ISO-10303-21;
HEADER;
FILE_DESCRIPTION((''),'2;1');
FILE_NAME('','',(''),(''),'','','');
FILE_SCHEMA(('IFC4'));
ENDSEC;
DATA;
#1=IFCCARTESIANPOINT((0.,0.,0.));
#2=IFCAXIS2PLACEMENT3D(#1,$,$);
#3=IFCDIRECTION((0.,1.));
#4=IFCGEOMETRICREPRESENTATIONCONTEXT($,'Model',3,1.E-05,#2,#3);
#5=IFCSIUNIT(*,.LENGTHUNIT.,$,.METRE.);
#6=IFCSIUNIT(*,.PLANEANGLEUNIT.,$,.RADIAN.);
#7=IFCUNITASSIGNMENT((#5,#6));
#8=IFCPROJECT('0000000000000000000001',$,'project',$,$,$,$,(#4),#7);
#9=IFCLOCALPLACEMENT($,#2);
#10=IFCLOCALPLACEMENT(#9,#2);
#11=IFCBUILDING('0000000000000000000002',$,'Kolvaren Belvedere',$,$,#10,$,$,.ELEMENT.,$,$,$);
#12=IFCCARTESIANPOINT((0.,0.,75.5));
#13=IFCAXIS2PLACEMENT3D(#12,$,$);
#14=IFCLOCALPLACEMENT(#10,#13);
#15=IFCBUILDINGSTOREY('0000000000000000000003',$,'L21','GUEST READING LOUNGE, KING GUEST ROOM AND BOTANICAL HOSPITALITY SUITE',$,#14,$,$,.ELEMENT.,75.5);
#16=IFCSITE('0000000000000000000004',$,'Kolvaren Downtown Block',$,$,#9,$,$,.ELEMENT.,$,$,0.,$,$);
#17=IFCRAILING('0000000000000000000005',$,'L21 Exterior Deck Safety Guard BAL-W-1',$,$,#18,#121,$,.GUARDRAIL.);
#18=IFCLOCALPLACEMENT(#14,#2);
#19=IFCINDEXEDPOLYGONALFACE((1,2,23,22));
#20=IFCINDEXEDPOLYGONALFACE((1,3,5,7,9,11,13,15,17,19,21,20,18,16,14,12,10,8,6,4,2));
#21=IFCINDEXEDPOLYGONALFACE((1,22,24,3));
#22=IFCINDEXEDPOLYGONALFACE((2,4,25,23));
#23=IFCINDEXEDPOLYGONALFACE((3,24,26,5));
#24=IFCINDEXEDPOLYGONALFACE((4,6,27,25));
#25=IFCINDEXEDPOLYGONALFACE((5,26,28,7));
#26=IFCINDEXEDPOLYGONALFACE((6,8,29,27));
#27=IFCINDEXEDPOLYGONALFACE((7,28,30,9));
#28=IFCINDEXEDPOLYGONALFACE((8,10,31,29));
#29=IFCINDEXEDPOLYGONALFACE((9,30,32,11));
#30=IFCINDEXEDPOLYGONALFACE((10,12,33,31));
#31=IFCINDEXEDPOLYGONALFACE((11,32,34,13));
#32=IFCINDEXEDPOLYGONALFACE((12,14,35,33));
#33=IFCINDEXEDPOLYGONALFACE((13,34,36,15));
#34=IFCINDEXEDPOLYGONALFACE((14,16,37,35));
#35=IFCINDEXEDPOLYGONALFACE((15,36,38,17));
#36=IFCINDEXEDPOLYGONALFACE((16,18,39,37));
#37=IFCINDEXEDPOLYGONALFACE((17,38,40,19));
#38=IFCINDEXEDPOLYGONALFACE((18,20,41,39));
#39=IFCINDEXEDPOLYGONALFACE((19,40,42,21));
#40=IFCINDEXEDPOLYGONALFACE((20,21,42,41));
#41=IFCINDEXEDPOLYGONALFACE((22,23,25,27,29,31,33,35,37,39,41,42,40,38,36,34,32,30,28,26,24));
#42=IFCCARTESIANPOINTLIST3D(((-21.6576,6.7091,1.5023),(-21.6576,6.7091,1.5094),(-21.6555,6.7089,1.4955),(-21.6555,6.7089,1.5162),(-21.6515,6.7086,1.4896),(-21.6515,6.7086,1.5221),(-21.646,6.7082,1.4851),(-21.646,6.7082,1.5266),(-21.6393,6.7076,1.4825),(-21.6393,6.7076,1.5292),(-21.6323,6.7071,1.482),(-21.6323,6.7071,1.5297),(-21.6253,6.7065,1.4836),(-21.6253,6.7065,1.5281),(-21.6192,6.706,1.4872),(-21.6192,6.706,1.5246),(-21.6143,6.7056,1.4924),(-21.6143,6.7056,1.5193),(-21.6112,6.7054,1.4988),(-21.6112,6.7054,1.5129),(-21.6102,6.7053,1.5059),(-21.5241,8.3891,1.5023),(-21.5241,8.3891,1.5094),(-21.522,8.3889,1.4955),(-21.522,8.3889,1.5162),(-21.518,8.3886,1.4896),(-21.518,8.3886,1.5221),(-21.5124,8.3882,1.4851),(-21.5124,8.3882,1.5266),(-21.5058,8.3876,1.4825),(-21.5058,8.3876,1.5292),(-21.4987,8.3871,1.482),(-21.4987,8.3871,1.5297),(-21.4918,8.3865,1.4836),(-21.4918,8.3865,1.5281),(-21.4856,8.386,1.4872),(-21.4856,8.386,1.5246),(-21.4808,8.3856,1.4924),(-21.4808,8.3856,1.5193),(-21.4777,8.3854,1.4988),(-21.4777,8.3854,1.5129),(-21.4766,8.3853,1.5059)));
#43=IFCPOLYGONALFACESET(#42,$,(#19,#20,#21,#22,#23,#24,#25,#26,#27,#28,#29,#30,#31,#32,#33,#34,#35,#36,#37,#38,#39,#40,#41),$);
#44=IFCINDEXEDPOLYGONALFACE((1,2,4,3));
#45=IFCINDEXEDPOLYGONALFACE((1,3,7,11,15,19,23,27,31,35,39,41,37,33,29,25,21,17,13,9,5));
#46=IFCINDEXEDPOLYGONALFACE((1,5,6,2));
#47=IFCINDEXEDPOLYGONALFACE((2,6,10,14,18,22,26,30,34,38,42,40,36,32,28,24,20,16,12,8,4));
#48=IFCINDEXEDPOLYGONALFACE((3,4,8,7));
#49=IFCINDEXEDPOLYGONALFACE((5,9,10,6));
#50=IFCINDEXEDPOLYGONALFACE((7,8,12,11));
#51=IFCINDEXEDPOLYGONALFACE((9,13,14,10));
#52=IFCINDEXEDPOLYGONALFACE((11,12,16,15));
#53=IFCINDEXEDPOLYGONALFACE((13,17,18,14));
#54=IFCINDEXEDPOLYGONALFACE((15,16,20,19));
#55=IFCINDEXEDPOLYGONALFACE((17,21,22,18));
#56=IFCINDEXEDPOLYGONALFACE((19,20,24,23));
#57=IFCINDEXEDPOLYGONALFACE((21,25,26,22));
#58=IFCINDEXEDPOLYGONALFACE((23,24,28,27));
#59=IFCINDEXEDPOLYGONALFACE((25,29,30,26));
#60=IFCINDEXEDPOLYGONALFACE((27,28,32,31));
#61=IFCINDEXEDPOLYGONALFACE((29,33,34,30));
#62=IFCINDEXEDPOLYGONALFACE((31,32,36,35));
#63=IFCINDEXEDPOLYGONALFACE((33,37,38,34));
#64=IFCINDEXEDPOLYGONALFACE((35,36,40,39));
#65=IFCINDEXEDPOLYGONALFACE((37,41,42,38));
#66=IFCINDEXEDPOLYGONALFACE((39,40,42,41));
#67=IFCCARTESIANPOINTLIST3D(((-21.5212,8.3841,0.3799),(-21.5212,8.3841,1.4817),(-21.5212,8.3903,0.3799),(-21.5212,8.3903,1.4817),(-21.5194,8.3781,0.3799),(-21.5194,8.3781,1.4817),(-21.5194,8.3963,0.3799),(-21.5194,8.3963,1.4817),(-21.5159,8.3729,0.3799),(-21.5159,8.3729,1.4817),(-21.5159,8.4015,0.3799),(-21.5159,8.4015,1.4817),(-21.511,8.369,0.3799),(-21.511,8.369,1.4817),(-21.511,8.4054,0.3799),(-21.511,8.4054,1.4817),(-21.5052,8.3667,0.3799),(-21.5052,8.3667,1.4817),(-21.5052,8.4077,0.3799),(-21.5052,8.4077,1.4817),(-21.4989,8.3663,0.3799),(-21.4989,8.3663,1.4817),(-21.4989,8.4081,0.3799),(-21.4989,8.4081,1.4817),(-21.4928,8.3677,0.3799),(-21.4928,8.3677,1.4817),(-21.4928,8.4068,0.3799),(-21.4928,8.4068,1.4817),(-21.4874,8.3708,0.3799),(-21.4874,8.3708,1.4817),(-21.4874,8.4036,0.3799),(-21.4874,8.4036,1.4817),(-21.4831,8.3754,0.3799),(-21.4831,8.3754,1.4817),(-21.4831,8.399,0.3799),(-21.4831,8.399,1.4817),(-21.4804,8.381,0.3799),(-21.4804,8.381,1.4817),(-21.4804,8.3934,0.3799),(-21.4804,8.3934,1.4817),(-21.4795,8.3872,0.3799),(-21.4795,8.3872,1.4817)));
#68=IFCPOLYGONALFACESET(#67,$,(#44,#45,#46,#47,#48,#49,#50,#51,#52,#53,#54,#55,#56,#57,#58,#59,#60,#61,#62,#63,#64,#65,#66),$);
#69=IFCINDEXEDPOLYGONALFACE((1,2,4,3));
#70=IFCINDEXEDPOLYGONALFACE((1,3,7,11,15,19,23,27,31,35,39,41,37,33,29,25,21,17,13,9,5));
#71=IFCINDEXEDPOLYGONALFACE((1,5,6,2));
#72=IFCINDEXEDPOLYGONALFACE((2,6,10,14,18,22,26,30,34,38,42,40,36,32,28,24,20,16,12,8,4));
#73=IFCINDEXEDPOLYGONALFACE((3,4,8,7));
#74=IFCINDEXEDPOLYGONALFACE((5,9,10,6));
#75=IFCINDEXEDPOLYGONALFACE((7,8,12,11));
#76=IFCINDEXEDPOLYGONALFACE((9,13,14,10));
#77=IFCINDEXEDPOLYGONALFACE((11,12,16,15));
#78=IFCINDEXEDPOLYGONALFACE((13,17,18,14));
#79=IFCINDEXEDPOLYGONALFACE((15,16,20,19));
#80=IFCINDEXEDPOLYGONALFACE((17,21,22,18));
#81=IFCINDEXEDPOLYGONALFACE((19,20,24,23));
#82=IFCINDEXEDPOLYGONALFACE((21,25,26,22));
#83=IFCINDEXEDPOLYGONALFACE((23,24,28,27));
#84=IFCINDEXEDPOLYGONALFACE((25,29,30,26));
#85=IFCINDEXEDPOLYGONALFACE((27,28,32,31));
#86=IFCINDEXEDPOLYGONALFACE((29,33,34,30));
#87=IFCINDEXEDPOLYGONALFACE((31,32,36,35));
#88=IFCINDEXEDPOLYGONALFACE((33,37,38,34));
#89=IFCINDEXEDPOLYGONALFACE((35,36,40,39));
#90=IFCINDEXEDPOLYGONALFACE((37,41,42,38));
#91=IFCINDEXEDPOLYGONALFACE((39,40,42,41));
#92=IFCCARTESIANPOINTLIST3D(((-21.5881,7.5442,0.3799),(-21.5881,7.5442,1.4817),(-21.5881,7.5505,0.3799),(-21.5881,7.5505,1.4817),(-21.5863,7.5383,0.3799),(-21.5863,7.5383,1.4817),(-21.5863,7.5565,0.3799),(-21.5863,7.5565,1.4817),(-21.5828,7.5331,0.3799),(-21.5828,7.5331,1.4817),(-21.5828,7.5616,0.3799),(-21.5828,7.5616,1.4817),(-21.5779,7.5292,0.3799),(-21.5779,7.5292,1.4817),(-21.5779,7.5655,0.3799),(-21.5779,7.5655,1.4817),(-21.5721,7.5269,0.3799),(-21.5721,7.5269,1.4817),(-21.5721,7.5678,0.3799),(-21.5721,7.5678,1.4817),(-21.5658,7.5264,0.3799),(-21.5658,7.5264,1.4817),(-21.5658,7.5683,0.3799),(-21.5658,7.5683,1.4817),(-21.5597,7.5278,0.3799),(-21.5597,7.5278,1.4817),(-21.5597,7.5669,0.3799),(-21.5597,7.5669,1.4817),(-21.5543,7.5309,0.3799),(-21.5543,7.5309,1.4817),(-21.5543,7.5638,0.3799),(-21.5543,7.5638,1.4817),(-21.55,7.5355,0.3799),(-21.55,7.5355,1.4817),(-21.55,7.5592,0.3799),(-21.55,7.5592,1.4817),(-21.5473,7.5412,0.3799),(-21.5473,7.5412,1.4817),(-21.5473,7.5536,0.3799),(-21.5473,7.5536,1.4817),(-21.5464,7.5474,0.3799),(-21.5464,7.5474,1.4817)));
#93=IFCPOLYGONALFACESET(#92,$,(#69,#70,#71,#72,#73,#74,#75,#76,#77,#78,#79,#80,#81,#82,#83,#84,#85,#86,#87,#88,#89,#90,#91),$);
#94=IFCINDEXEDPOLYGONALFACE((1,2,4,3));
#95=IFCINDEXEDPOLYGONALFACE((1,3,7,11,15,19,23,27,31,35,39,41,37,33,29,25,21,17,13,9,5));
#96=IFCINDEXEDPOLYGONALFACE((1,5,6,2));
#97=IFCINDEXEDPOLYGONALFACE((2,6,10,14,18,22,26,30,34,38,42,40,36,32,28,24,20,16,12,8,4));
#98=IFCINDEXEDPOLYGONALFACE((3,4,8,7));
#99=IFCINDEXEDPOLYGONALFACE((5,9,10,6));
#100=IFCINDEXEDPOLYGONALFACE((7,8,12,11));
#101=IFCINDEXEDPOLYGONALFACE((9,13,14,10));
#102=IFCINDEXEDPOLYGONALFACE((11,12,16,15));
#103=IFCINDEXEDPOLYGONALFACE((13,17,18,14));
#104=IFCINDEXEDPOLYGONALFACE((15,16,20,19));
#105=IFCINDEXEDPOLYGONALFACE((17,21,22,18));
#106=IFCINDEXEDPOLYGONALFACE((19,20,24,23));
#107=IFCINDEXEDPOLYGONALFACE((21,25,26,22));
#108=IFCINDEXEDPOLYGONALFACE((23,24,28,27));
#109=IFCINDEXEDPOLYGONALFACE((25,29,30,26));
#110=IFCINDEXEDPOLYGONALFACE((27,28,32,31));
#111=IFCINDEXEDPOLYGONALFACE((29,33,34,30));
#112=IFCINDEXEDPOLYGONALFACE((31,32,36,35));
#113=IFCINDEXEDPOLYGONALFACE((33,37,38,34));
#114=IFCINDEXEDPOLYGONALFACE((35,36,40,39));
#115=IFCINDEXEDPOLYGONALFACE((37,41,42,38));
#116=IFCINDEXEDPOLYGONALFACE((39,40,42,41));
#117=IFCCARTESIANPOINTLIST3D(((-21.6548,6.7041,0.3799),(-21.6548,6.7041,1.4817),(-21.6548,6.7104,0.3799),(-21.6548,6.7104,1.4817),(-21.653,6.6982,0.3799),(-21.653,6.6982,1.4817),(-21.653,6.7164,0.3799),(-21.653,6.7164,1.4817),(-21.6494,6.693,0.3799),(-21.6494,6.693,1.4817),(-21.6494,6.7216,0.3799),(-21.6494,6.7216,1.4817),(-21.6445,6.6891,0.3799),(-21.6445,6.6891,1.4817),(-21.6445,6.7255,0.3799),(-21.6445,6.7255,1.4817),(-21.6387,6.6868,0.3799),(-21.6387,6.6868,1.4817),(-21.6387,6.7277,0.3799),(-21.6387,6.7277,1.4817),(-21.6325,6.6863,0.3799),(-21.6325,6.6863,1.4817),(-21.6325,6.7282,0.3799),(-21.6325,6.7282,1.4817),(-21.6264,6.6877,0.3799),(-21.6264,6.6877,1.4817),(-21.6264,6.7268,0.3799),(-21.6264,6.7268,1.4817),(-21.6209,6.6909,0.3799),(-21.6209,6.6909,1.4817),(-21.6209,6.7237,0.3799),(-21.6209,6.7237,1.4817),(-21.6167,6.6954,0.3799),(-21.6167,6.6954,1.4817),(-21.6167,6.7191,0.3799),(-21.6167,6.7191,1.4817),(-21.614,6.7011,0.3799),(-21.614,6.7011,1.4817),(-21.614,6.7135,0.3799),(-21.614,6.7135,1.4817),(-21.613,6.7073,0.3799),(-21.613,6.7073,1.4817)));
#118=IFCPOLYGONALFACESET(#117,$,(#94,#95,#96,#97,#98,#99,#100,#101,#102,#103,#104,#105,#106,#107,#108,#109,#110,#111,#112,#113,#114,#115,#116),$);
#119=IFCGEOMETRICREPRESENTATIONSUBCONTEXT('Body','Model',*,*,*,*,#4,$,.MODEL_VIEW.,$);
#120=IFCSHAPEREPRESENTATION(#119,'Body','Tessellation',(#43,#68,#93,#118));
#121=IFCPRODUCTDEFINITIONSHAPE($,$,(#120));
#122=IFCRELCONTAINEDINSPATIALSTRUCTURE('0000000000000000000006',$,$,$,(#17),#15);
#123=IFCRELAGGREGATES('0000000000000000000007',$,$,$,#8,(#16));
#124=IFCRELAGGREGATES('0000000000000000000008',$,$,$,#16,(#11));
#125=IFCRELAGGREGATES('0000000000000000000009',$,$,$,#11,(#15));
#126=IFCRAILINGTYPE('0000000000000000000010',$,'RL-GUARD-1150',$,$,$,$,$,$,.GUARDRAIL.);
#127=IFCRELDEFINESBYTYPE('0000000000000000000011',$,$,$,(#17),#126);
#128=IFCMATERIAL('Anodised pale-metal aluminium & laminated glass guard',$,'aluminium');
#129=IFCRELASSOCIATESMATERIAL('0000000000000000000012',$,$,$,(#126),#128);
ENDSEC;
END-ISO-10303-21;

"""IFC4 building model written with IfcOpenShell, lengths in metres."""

from ifc_helpers import new_model, si_unit, direction, frame, origin, origin_2d, place, context, subcontext, project, spatial, circle, extrude, material, type_object, element, save


model = new_model("IFC4")

# Units and contexts
model_context = context("Model", 3, precision=1e-05, world=origin(), true_north=direction((0.0, 1.0)))
body_context = subcontext(model_context, "Body", "Model", "MODEL_VIEW")
ifc_project = project(units=[si_unit("LENGTHUNIT", "METRE"), si_unit("PLANEANGLEUNIT", "RADIAN")], contexts=[model_context])

# Site, building, storey
site_placement = place(None, origin())
site = spatial("IfcSite", under=ifc_project, at=site_placement, Name="Kolvaren Downtown Block", CompositionType="ELEMENT", RefElevation=0.0)
building_placement = place(site_placement, origin())
building = spatial("IfcBuilding", under=site, at=building_placement, Name="Kolvaren Belvedere", CompositionType="ELEMENT")
storey_placement = place(building_placement, frame((0.0, 0.0, 75.5)))
storey = spatial("IfcBuildingStorey", under=building, at=storey_placement, Name="L21", Description="GUEST READING LOUNGE, KING GUEST ROOM AND BOTANICAL HOSPITALITY SUITE", CompositionType="ELEMENT", Elevation=75.5)

# Railing
ifc_material_1 = material(Name="Anodised pale-metal aluminium & laminated glass guard", Category="aluminium")
railing_type = type_object("IfcRailingType", Name="RL-GUARD-1150", PredefinedType="GUARDRAIL", material=ifc_material_1)
railing_1_placement = place(storey_placement, frame((-21.5005, 8.3872, 0.3799)))
element("IfcRailing", 1, at=railing_1_placement, inside=storey, type_object=railing_type, Name="L21 Exterior Deck Safety Guard BAL-W-1", PredefinedType="GUARDRAIL", context=body_context, shape_type="SweptSolid", body=[
    extrude(circle(Radius=0.0239, at=origin_2d()), frame((0.0, 0.0, 1.126), z_axis=(-0.079244, -0.996855, 0.0), x_axis=(0.996855, -0.079244, 0.0)), (0.0, 0.0, 1.0), 1.6853),
    extrude(circle(Radius=0.021, at=origin_2d()), origin(), (0.0, 0.0, 1.0), 1.1018),
    extrude(circle(Radius=0.021, at=origin_2d()), frame((-0.0669, -0.8398, 0.0)), (0.0, 0.0, 1.0), 1.1018),
    extrude(circle(Radius=0.021, at=origin_2d()), frame((-0.1335, -1.6799, 0.0)), (0.0, 0.0, 1.0), 1.1018),
])

save(model, "model.ifc")
